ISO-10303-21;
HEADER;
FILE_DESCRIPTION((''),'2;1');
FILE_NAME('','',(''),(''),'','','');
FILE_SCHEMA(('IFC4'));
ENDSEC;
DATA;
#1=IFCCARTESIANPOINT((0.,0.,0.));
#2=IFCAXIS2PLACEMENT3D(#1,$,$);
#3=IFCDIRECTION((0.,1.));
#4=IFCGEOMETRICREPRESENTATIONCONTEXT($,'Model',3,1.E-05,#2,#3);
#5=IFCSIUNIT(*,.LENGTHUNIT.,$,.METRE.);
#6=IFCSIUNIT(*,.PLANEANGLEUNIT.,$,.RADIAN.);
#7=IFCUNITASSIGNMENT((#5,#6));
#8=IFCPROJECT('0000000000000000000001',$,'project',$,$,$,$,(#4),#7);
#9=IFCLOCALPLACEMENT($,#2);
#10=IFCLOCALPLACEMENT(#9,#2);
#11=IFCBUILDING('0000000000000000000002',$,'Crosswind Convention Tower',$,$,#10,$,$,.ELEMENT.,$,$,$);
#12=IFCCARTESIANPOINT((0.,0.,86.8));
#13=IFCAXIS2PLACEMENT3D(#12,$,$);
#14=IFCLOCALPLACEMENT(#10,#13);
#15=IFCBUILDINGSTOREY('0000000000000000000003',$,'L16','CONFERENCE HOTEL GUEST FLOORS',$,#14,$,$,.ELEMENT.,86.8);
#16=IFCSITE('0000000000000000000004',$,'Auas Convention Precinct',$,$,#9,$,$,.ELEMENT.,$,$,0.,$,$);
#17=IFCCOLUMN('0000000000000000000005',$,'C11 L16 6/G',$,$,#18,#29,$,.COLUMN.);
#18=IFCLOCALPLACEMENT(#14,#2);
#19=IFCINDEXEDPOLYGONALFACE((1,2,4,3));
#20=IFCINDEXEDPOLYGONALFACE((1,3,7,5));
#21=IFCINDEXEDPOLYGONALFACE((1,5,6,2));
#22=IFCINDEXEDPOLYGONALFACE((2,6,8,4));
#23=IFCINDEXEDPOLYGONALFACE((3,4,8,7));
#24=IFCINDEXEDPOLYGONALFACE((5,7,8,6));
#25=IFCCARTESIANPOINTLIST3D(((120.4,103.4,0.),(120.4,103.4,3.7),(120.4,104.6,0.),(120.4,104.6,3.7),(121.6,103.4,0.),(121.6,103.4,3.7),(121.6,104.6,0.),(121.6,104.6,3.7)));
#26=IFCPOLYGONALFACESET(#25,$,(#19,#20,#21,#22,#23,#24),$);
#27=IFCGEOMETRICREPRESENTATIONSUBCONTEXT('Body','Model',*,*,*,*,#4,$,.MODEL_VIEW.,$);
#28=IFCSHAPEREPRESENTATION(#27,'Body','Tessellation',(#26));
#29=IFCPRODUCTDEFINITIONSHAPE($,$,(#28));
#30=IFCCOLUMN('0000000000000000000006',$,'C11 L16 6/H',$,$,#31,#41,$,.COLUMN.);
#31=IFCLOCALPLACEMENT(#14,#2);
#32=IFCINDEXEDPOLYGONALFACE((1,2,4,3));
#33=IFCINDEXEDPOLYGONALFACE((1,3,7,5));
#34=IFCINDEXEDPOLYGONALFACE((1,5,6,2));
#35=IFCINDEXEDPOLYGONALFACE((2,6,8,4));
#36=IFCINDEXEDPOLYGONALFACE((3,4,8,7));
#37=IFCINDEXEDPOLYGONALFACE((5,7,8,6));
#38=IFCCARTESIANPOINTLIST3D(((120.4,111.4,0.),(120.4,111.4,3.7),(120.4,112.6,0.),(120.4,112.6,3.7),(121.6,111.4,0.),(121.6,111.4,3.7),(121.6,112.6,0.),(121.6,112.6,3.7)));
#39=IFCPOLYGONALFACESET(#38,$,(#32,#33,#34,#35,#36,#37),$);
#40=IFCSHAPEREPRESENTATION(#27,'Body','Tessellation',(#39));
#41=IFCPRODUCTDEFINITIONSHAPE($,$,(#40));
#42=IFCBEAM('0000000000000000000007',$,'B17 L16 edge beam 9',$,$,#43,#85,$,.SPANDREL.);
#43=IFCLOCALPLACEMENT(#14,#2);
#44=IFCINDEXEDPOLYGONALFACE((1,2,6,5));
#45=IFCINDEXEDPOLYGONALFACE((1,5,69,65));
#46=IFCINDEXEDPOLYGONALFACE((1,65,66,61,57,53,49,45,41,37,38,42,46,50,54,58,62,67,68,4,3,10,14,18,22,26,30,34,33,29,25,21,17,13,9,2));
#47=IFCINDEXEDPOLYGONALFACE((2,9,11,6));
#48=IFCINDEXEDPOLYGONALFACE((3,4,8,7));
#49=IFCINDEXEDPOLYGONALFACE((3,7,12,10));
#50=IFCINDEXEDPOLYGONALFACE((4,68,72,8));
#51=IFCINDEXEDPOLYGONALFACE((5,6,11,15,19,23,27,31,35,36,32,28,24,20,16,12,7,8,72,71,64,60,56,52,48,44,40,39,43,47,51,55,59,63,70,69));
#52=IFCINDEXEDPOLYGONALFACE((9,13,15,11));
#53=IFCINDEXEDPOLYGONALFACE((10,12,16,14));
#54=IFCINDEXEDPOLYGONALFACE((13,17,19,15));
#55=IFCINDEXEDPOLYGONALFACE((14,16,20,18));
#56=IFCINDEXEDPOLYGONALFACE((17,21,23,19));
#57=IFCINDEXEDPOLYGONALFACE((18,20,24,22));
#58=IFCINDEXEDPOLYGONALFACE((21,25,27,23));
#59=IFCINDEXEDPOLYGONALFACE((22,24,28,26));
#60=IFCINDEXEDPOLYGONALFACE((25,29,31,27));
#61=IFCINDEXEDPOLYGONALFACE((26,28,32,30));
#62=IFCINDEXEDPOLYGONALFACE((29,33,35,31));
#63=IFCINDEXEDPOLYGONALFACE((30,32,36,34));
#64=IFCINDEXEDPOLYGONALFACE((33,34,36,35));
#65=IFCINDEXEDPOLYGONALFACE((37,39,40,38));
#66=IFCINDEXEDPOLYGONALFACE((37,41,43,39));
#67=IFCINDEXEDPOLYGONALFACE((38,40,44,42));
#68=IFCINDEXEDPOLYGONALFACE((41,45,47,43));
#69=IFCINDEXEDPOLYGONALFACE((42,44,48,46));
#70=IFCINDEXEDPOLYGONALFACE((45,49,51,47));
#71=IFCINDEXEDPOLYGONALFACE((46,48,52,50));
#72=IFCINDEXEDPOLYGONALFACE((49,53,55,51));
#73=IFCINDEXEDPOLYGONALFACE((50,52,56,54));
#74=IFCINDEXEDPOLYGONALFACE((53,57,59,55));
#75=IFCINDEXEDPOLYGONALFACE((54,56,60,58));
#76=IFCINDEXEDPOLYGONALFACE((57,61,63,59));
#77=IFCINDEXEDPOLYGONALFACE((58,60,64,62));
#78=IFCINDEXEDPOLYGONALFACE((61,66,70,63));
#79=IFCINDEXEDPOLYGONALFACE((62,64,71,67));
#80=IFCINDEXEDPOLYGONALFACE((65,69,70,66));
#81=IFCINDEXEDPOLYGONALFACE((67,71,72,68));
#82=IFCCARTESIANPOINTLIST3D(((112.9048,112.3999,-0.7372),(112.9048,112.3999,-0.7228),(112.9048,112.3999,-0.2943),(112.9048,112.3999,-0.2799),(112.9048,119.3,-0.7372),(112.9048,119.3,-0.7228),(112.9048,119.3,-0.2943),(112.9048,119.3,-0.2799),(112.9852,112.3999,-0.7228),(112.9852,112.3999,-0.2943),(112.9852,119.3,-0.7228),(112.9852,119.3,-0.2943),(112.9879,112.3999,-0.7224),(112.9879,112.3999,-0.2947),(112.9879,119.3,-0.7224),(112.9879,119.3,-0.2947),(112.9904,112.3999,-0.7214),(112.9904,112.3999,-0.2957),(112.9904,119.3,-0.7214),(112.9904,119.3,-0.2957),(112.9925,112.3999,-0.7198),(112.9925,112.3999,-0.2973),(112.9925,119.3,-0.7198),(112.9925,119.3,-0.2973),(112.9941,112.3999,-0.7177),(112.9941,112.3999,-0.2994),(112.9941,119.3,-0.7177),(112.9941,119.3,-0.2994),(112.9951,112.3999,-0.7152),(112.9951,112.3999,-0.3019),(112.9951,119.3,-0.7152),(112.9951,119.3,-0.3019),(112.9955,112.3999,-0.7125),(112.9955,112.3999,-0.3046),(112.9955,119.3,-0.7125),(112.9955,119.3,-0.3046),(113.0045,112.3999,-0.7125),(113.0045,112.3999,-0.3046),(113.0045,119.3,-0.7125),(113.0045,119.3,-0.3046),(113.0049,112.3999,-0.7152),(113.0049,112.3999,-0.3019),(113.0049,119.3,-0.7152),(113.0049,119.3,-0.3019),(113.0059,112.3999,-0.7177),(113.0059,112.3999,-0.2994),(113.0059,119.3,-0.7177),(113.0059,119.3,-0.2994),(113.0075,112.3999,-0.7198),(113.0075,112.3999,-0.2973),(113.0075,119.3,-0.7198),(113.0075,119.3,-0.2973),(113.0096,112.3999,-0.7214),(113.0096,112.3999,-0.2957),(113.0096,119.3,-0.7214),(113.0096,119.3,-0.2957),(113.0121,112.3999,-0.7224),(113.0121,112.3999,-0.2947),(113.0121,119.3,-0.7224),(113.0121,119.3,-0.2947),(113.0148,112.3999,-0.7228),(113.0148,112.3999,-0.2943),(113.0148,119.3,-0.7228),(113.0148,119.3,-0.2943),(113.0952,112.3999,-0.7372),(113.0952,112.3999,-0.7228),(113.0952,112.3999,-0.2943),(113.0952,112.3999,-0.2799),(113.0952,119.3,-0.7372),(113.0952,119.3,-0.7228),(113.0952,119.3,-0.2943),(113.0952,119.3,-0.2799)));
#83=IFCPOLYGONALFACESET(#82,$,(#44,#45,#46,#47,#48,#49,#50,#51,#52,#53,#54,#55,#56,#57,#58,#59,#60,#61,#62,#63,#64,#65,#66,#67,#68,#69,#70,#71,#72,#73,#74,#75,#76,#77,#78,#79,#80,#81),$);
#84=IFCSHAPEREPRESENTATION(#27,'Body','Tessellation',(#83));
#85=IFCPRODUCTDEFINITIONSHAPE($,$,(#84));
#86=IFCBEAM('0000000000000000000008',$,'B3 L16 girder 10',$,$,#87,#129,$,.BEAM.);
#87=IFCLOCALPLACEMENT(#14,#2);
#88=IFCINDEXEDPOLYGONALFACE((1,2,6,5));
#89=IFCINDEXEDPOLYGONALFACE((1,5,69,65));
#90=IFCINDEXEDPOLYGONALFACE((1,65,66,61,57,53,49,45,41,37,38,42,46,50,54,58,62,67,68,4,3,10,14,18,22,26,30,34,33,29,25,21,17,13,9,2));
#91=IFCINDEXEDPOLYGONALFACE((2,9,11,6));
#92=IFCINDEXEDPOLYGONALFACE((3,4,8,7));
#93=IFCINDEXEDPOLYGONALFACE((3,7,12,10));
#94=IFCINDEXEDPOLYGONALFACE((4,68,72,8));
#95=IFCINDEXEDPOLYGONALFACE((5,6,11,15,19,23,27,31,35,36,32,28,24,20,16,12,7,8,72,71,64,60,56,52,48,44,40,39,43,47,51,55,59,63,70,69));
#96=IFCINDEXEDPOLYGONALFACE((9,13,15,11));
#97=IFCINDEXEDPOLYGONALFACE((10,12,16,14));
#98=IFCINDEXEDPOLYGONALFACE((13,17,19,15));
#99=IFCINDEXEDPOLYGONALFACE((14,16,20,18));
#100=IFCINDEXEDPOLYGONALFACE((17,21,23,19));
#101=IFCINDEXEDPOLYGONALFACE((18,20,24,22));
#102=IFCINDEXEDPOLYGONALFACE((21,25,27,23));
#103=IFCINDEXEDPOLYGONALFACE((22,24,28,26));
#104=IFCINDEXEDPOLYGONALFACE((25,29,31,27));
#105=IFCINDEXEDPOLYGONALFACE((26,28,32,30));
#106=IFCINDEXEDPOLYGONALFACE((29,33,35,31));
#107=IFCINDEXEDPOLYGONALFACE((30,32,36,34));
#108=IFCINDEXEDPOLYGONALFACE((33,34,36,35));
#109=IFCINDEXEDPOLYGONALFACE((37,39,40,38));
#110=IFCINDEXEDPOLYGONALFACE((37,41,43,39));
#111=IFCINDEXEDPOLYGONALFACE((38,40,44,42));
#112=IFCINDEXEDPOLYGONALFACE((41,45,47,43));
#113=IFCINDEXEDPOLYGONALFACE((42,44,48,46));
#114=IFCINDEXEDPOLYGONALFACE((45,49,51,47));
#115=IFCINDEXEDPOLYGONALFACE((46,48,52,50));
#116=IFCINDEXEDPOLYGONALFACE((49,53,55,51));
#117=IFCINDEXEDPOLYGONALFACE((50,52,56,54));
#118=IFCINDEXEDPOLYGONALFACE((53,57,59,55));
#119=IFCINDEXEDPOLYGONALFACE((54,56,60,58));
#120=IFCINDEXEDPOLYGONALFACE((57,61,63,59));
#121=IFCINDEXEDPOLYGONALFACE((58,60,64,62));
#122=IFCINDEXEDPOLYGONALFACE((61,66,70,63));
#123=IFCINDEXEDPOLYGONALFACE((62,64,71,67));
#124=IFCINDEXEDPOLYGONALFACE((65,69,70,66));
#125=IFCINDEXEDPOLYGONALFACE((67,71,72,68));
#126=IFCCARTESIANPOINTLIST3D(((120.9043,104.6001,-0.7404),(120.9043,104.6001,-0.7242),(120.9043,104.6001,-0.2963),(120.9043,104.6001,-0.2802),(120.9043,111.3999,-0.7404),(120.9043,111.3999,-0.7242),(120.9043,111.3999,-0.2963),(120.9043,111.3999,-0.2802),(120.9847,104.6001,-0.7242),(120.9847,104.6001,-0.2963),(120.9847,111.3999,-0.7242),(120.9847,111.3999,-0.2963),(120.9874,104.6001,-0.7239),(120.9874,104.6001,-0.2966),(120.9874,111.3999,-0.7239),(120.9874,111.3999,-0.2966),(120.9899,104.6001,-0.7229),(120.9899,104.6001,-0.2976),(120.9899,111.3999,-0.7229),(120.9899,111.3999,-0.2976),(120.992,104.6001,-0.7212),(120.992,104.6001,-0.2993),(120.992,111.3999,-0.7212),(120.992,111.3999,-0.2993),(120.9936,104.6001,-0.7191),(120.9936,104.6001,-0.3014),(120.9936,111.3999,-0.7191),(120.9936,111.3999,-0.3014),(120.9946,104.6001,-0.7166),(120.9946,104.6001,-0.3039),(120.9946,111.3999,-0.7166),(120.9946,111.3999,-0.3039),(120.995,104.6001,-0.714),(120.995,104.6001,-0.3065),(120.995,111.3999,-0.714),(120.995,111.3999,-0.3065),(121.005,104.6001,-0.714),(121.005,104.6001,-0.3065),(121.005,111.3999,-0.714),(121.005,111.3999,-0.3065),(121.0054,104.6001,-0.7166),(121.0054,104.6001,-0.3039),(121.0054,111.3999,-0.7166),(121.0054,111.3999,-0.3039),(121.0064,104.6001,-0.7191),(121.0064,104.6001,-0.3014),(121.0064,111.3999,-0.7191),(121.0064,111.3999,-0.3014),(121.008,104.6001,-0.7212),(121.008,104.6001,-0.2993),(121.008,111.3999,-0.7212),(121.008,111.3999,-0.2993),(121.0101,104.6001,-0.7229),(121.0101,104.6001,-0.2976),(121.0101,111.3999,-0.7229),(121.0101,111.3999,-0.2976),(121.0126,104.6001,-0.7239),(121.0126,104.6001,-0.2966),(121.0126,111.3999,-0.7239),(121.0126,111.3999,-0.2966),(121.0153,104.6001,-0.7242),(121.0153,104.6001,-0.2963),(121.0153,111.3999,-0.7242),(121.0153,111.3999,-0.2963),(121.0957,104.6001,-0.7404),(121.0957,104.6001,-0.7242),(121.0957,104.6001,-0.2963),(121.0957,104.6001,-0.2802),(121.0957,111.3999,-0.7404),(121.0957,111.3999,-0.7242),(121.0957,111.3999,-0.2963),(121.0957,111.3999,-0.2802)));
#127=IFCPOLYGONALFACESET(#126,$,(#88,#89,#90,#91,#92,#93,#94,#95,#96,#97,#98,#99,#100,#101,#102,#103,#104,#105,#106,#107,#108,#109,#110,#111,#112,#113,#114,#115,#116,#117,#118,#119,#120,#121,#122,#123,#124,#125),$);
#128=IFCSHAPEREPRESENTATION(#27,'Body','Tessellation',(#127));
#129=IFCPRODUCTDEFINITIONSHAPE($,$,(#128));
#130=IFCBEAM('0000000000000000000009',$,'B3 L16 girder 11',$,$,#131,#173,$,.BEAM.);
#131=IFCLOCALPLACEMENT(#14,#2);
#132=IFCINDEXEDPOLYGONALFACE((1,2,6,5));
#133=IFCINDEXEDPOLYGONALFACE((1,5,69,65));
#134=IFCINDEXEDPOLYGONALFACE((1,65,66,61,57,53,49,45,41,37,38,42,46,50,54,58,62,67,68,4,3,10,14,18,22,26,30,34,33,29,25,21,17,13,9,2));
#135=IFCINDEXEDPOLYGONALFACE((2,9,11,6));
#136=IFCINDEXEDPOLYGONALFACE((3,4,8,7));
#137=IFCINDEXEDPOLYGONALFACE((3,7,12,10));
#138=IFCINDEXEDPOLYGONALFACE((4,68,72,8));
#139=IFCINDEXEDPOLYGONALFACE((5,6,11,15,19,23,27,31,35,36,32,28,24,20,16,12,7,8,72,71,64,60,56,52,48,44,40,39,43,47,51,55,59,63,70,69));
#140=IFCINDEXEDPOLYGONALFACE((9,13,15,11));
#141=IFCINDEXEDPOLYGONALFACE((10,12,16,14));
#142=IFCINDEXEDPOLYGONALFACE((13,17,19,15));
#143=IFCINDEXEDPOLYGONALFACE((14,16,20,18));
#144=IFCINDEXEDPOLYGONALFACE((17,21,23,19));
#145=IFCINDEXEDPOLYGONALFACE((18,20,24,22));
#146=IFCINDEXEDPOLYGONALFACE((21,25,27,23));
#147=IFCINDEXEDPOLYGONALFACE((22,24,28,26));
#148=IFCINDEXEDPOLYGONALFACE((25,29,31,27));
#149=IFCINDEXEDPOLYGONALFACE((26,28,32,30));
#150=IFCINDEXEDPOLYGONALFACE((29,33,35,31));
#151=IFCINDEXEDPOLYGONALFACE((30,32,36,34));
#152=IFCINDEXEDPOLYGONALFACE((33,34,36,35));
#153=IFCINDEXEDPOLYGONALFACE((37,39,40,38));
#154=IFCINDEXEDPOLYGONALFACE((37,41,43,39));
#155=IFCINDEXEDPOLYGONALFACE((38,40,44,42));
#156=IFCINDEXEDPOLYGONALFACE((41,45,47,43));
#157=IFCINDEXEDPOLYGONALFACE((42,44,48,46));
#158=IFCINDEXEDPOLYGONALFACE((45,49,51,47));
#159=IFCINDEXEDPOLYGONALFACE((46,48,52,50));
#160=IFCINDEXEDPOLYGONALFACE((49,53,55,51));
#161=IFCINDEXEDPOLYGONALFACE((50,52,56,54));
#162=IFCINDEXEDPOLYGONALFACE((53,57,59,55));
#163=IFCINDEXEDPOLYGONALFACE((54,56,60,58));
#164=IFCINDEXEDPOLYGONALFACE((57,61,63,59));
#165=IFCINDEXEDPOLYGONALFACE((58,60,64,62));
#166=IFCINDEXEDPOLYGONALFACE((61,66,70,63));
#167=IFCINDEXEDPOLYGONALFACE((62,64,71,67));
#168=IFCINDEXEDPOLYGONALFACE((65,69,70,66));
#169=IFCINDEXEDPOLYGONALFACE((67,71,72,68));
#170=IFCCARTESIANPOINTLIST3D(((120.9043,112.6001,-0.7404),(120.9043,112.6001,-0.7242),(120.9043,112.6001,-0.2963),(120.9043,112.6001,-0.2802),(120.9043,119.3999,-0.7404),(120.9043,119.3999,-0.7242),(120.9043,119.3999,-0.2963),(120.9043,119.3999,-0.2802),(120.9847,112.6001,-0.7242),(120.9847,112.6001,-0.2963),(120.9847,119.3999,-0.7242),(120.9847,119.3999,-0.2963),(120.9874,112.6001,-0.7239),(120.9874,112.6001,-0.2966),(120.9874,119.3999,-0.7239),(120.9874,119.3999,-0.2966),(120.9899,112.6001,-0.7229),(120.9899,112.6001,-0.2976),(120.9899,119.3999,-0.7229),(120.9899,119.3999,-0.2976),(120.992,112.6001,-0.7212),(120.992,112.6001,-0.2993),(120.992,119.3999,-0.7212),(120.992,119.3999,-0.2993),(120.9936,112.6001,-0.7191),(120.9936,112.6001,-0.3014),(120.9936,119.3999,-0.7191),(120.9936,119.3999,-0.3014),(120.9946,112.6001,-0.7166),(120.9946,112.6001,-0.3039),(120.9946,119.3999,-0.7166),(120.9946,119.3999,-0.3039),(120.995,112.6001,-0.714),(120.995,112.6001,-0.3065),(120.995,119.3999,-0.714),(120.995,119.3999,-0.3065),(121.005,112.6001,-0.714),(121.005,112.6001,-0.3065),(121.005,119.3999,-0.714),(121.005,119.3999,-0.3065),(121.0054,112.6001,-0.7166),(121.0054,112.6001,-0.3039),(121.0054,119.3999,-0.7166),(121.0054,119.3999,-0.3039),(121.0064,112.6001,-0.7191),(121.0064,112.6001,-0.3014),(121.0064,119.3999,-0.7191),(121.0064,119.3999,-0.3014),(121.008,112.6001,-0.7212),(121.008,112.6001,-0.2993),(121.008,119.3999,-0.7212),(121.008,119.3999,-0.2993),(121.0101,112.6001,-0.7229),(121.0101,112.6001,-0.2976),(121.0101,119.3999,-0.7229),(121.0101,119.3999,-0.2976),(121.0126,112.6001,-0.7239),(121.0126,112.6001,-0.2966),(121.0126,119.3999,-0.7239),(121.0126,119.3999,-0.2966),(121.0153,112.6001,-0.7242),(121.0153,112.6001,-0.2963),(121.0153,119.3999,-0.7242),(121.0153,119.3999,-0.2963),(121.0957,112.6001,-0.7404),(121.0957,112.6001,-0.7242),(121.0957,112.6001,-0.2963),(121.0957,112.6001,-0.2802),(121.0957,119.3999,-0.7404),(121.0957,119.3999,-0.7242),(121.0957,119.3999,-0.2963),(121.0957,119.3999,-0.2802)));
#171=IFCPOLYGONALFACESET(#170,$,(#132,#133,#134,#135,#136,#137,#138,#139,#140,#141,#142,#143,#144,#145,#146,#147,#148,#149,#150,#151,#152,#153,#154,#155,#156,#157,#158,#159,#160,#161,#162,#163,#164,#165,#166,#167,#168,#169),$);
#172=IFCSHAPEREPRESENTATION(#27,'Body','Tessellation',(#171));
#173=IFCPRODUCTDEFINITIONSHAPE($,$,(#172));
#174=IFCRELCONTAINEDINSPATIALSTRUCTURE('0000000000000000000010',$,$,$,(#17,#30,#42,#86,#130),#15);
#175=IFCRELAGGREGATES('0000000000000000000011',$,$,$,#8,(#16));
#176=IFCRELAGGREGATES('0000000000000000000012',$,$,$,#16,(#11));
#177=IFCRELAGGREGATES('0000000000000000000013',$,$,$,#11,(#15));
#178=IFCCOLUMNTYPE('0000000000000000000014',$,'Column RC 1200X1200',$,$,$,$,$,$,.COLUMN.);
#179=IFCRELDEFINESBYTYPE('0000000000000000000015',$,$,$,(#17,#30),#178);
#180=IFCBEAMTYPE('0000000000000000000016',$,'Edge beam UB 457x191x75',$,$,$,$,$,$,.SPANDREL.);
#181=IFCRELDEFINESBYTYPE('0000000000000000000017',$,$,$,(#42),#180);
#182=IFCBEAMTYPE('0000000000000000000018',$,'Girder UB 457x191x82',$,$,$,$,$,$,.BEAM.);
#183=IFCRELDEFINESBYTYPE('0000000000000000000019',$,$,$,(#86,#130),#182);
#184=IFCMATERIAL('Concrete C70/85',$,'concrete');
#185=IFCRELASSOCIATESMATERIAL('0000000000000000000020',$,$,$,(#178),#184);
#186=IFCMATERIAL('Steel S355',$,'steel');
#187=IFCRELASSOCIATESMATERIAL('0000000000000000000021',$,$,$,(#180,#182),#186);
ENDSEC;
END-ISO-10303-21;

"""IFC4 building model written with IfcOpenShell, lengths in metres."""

from ifc_helpers import new_model, si_unit, direction, frame, origin, origin_2d, place, context, subcontext, project, spatial, rectangle, i_section, extrude, material, material_profile, profile_set, type_object, element, save


model = new_model("IFC4")

# Units and contexts
model_context = context("Model", 3, precision=1e-05, world=origin(), true_north=direction((0.0, 1.0)))
body_context = subcontext(model_context, "Body", "Model", "MODEL_VIEW")
ifc_project = project(units=[si_unit("LENGTHUNIT", "METRE"), si_unit("PLANEANGLEUNIT", "RADIAN")], contexts=[model_context])

# Site, building, storey
site_placement = place(None, origin())
site = spatial("IfcSite", under=ifc_project, at=site_placement, Name="Auas Convention Precinct", CompositionType="ELEMENT", RefElevation=0.0)
building_placement = place(site_placement, origin())
building = spatial("IfcBuilding", under=site, at=building_placement, Name="Crosswind Convention Tower", CompositionType="ELEMENT")
storey_placement = place(building_placement, frame((0.0, 0.0, 86.8)))
storey = spatial("IfcBuildingStorey", under=building, at=storey_placement, Name="L16", Description="CONFERENCE HOTEL GUEST FLOORS", CompositionType="ELEMENT", Elevation=86.8)

# Columns
ifc_material_1 = material(Name="Concrete C70/85", Category="concrete")
ifc_material_profile_1 = material_profile(ifc_material_1, rectangle(XDim=1.2, YDim=1.2, at=origin_2d()), Name="RC 1200X1200")
ifc_profile_set_1 = profile_set([ifc_material_profile_1], Name="Concrete C70/85")
column_type = type_object("IfcColumnType", Name="Column RC 1200X1200", PredefinedType="COLUMN", material=ifc_profile_set_1)
for number, where, z_axis, x_axis, name in (
    (1, (121.0, 104.0, 0.0), (0.0, 0.0, 1.0), (1.0, 0.0, 0.0), "C11 L16 6/G"),
    (2, (121.0, 112.0, 0.0), (0.0, 0.0, 1.0), (1.0, 0.0, 0.0), "C11 L16 6/H"),
):
    element("IfcColumn", number, at=place(storey_placement, frame(where, z_axis=z_axis, x_axis=x_axis)), inside=storey, type_object=column_type, Name=name, PredefinedType="COLUMN", context=body_context, shape_type="SweptSolid", body=[
        extrude(rectangle(XDim=1.2, YDim=1.2, at=origin_2d()), origin(), (0.0, 0.0, 1.0), 3.7),
    ])

# Beams
ifc_material_2 = material(Name="Steel S355", Category="steel")
ifc_material_profile_2 = material_profile(ifc_material_2, i_section(OverallWidth=0.1904, OverallDepth=0.4573, WebThickness=0.009, FlangeThickness=0.0144, FilletRadius=0.0103, at=origin_2d()), Name="UB 457x191x75")
ifc_profile_set_2 = profile_set([ifc_material_profile_2], Name="Steel S355")
beam_type_1 = type_object("IfcBeamType", Name="Edge beam UB 457x191x75", PredefinedType="SPANDREL", material=ifc_profile_set_2)
beam_1_placement = place(storey_placement, frame((113.0, 112.3999, -0.5085), z_axis=(0.0, 1.0, 0.0), x_axis=(-1.0, 0.0, 0.0)))
element("IfcBeam", 3, at=beam_1_placement, inside=storey, type_object=beam_type_1, Name="B17 L16 edge beam 9", PredefinedType="SPANDREL", context=body_context, shape_type="SweptSolid", body=[
    extrude(i_section(OverallWidth=0.1904, OverallDepth=0.4573, WebThickness=0.009, FlangeThickness=0.0144, FilletRadius=0.0103, at=origin_2d()), origin(), (0.0, 0.0, 1.0), 6.9001),
])
ifc_material_profile_3 = material_profile(ifc_material_2, i_section(OverallWidth=0.1914, OverallDepth=0.4602, WebThickness=0.01, FlangeThickness=0.0161, FilletRadius=0.0103, at=origin_2d()), Name="UB 457x191x82")
ifc_profile_set_3 = profile_set([ifc_material_profile_3], Name="Steel S355")
beam_type_2 = type_object("IfcBeamType", Name="Girder UB 457x191x82", PredefinedType="BEAM", material=ifc_profile_set_3)
for number, where, z_axis, x_axis, name in (
    (4, (121.0, 104.6001, -0.5103), (0.0, 1.0, 0.0), (-1.0, 0.0, 0.0), "B3 L16 girder 10"),
    (5, (121.0, 112.6001, -0.5103), (0.0, 1.0, 0.0), (-1.0, 0.0, 0.0), "B3 L16 girder 11"),
):
    element("IfcBeam", number, at=place(storey_placement, frame(where, z_axis=z_axis, x_axis=x_axis)), inside=storey, type_object=beam_type_2, Name=name, PredefinedType="BEAM", context=body_context, shape_type="SweptSolid", body=[
        extrude(i_section(OverallWidth=0.1914, OverallDepth=0.4602, WebThickness=0.01, FlangeThickness=0.0161, FilletRadius=0.0103, at=origin_2d()), origin(), (0.0, 0.0, 1.0), 6.7998),
    ])

save(model, "model.ifc")
